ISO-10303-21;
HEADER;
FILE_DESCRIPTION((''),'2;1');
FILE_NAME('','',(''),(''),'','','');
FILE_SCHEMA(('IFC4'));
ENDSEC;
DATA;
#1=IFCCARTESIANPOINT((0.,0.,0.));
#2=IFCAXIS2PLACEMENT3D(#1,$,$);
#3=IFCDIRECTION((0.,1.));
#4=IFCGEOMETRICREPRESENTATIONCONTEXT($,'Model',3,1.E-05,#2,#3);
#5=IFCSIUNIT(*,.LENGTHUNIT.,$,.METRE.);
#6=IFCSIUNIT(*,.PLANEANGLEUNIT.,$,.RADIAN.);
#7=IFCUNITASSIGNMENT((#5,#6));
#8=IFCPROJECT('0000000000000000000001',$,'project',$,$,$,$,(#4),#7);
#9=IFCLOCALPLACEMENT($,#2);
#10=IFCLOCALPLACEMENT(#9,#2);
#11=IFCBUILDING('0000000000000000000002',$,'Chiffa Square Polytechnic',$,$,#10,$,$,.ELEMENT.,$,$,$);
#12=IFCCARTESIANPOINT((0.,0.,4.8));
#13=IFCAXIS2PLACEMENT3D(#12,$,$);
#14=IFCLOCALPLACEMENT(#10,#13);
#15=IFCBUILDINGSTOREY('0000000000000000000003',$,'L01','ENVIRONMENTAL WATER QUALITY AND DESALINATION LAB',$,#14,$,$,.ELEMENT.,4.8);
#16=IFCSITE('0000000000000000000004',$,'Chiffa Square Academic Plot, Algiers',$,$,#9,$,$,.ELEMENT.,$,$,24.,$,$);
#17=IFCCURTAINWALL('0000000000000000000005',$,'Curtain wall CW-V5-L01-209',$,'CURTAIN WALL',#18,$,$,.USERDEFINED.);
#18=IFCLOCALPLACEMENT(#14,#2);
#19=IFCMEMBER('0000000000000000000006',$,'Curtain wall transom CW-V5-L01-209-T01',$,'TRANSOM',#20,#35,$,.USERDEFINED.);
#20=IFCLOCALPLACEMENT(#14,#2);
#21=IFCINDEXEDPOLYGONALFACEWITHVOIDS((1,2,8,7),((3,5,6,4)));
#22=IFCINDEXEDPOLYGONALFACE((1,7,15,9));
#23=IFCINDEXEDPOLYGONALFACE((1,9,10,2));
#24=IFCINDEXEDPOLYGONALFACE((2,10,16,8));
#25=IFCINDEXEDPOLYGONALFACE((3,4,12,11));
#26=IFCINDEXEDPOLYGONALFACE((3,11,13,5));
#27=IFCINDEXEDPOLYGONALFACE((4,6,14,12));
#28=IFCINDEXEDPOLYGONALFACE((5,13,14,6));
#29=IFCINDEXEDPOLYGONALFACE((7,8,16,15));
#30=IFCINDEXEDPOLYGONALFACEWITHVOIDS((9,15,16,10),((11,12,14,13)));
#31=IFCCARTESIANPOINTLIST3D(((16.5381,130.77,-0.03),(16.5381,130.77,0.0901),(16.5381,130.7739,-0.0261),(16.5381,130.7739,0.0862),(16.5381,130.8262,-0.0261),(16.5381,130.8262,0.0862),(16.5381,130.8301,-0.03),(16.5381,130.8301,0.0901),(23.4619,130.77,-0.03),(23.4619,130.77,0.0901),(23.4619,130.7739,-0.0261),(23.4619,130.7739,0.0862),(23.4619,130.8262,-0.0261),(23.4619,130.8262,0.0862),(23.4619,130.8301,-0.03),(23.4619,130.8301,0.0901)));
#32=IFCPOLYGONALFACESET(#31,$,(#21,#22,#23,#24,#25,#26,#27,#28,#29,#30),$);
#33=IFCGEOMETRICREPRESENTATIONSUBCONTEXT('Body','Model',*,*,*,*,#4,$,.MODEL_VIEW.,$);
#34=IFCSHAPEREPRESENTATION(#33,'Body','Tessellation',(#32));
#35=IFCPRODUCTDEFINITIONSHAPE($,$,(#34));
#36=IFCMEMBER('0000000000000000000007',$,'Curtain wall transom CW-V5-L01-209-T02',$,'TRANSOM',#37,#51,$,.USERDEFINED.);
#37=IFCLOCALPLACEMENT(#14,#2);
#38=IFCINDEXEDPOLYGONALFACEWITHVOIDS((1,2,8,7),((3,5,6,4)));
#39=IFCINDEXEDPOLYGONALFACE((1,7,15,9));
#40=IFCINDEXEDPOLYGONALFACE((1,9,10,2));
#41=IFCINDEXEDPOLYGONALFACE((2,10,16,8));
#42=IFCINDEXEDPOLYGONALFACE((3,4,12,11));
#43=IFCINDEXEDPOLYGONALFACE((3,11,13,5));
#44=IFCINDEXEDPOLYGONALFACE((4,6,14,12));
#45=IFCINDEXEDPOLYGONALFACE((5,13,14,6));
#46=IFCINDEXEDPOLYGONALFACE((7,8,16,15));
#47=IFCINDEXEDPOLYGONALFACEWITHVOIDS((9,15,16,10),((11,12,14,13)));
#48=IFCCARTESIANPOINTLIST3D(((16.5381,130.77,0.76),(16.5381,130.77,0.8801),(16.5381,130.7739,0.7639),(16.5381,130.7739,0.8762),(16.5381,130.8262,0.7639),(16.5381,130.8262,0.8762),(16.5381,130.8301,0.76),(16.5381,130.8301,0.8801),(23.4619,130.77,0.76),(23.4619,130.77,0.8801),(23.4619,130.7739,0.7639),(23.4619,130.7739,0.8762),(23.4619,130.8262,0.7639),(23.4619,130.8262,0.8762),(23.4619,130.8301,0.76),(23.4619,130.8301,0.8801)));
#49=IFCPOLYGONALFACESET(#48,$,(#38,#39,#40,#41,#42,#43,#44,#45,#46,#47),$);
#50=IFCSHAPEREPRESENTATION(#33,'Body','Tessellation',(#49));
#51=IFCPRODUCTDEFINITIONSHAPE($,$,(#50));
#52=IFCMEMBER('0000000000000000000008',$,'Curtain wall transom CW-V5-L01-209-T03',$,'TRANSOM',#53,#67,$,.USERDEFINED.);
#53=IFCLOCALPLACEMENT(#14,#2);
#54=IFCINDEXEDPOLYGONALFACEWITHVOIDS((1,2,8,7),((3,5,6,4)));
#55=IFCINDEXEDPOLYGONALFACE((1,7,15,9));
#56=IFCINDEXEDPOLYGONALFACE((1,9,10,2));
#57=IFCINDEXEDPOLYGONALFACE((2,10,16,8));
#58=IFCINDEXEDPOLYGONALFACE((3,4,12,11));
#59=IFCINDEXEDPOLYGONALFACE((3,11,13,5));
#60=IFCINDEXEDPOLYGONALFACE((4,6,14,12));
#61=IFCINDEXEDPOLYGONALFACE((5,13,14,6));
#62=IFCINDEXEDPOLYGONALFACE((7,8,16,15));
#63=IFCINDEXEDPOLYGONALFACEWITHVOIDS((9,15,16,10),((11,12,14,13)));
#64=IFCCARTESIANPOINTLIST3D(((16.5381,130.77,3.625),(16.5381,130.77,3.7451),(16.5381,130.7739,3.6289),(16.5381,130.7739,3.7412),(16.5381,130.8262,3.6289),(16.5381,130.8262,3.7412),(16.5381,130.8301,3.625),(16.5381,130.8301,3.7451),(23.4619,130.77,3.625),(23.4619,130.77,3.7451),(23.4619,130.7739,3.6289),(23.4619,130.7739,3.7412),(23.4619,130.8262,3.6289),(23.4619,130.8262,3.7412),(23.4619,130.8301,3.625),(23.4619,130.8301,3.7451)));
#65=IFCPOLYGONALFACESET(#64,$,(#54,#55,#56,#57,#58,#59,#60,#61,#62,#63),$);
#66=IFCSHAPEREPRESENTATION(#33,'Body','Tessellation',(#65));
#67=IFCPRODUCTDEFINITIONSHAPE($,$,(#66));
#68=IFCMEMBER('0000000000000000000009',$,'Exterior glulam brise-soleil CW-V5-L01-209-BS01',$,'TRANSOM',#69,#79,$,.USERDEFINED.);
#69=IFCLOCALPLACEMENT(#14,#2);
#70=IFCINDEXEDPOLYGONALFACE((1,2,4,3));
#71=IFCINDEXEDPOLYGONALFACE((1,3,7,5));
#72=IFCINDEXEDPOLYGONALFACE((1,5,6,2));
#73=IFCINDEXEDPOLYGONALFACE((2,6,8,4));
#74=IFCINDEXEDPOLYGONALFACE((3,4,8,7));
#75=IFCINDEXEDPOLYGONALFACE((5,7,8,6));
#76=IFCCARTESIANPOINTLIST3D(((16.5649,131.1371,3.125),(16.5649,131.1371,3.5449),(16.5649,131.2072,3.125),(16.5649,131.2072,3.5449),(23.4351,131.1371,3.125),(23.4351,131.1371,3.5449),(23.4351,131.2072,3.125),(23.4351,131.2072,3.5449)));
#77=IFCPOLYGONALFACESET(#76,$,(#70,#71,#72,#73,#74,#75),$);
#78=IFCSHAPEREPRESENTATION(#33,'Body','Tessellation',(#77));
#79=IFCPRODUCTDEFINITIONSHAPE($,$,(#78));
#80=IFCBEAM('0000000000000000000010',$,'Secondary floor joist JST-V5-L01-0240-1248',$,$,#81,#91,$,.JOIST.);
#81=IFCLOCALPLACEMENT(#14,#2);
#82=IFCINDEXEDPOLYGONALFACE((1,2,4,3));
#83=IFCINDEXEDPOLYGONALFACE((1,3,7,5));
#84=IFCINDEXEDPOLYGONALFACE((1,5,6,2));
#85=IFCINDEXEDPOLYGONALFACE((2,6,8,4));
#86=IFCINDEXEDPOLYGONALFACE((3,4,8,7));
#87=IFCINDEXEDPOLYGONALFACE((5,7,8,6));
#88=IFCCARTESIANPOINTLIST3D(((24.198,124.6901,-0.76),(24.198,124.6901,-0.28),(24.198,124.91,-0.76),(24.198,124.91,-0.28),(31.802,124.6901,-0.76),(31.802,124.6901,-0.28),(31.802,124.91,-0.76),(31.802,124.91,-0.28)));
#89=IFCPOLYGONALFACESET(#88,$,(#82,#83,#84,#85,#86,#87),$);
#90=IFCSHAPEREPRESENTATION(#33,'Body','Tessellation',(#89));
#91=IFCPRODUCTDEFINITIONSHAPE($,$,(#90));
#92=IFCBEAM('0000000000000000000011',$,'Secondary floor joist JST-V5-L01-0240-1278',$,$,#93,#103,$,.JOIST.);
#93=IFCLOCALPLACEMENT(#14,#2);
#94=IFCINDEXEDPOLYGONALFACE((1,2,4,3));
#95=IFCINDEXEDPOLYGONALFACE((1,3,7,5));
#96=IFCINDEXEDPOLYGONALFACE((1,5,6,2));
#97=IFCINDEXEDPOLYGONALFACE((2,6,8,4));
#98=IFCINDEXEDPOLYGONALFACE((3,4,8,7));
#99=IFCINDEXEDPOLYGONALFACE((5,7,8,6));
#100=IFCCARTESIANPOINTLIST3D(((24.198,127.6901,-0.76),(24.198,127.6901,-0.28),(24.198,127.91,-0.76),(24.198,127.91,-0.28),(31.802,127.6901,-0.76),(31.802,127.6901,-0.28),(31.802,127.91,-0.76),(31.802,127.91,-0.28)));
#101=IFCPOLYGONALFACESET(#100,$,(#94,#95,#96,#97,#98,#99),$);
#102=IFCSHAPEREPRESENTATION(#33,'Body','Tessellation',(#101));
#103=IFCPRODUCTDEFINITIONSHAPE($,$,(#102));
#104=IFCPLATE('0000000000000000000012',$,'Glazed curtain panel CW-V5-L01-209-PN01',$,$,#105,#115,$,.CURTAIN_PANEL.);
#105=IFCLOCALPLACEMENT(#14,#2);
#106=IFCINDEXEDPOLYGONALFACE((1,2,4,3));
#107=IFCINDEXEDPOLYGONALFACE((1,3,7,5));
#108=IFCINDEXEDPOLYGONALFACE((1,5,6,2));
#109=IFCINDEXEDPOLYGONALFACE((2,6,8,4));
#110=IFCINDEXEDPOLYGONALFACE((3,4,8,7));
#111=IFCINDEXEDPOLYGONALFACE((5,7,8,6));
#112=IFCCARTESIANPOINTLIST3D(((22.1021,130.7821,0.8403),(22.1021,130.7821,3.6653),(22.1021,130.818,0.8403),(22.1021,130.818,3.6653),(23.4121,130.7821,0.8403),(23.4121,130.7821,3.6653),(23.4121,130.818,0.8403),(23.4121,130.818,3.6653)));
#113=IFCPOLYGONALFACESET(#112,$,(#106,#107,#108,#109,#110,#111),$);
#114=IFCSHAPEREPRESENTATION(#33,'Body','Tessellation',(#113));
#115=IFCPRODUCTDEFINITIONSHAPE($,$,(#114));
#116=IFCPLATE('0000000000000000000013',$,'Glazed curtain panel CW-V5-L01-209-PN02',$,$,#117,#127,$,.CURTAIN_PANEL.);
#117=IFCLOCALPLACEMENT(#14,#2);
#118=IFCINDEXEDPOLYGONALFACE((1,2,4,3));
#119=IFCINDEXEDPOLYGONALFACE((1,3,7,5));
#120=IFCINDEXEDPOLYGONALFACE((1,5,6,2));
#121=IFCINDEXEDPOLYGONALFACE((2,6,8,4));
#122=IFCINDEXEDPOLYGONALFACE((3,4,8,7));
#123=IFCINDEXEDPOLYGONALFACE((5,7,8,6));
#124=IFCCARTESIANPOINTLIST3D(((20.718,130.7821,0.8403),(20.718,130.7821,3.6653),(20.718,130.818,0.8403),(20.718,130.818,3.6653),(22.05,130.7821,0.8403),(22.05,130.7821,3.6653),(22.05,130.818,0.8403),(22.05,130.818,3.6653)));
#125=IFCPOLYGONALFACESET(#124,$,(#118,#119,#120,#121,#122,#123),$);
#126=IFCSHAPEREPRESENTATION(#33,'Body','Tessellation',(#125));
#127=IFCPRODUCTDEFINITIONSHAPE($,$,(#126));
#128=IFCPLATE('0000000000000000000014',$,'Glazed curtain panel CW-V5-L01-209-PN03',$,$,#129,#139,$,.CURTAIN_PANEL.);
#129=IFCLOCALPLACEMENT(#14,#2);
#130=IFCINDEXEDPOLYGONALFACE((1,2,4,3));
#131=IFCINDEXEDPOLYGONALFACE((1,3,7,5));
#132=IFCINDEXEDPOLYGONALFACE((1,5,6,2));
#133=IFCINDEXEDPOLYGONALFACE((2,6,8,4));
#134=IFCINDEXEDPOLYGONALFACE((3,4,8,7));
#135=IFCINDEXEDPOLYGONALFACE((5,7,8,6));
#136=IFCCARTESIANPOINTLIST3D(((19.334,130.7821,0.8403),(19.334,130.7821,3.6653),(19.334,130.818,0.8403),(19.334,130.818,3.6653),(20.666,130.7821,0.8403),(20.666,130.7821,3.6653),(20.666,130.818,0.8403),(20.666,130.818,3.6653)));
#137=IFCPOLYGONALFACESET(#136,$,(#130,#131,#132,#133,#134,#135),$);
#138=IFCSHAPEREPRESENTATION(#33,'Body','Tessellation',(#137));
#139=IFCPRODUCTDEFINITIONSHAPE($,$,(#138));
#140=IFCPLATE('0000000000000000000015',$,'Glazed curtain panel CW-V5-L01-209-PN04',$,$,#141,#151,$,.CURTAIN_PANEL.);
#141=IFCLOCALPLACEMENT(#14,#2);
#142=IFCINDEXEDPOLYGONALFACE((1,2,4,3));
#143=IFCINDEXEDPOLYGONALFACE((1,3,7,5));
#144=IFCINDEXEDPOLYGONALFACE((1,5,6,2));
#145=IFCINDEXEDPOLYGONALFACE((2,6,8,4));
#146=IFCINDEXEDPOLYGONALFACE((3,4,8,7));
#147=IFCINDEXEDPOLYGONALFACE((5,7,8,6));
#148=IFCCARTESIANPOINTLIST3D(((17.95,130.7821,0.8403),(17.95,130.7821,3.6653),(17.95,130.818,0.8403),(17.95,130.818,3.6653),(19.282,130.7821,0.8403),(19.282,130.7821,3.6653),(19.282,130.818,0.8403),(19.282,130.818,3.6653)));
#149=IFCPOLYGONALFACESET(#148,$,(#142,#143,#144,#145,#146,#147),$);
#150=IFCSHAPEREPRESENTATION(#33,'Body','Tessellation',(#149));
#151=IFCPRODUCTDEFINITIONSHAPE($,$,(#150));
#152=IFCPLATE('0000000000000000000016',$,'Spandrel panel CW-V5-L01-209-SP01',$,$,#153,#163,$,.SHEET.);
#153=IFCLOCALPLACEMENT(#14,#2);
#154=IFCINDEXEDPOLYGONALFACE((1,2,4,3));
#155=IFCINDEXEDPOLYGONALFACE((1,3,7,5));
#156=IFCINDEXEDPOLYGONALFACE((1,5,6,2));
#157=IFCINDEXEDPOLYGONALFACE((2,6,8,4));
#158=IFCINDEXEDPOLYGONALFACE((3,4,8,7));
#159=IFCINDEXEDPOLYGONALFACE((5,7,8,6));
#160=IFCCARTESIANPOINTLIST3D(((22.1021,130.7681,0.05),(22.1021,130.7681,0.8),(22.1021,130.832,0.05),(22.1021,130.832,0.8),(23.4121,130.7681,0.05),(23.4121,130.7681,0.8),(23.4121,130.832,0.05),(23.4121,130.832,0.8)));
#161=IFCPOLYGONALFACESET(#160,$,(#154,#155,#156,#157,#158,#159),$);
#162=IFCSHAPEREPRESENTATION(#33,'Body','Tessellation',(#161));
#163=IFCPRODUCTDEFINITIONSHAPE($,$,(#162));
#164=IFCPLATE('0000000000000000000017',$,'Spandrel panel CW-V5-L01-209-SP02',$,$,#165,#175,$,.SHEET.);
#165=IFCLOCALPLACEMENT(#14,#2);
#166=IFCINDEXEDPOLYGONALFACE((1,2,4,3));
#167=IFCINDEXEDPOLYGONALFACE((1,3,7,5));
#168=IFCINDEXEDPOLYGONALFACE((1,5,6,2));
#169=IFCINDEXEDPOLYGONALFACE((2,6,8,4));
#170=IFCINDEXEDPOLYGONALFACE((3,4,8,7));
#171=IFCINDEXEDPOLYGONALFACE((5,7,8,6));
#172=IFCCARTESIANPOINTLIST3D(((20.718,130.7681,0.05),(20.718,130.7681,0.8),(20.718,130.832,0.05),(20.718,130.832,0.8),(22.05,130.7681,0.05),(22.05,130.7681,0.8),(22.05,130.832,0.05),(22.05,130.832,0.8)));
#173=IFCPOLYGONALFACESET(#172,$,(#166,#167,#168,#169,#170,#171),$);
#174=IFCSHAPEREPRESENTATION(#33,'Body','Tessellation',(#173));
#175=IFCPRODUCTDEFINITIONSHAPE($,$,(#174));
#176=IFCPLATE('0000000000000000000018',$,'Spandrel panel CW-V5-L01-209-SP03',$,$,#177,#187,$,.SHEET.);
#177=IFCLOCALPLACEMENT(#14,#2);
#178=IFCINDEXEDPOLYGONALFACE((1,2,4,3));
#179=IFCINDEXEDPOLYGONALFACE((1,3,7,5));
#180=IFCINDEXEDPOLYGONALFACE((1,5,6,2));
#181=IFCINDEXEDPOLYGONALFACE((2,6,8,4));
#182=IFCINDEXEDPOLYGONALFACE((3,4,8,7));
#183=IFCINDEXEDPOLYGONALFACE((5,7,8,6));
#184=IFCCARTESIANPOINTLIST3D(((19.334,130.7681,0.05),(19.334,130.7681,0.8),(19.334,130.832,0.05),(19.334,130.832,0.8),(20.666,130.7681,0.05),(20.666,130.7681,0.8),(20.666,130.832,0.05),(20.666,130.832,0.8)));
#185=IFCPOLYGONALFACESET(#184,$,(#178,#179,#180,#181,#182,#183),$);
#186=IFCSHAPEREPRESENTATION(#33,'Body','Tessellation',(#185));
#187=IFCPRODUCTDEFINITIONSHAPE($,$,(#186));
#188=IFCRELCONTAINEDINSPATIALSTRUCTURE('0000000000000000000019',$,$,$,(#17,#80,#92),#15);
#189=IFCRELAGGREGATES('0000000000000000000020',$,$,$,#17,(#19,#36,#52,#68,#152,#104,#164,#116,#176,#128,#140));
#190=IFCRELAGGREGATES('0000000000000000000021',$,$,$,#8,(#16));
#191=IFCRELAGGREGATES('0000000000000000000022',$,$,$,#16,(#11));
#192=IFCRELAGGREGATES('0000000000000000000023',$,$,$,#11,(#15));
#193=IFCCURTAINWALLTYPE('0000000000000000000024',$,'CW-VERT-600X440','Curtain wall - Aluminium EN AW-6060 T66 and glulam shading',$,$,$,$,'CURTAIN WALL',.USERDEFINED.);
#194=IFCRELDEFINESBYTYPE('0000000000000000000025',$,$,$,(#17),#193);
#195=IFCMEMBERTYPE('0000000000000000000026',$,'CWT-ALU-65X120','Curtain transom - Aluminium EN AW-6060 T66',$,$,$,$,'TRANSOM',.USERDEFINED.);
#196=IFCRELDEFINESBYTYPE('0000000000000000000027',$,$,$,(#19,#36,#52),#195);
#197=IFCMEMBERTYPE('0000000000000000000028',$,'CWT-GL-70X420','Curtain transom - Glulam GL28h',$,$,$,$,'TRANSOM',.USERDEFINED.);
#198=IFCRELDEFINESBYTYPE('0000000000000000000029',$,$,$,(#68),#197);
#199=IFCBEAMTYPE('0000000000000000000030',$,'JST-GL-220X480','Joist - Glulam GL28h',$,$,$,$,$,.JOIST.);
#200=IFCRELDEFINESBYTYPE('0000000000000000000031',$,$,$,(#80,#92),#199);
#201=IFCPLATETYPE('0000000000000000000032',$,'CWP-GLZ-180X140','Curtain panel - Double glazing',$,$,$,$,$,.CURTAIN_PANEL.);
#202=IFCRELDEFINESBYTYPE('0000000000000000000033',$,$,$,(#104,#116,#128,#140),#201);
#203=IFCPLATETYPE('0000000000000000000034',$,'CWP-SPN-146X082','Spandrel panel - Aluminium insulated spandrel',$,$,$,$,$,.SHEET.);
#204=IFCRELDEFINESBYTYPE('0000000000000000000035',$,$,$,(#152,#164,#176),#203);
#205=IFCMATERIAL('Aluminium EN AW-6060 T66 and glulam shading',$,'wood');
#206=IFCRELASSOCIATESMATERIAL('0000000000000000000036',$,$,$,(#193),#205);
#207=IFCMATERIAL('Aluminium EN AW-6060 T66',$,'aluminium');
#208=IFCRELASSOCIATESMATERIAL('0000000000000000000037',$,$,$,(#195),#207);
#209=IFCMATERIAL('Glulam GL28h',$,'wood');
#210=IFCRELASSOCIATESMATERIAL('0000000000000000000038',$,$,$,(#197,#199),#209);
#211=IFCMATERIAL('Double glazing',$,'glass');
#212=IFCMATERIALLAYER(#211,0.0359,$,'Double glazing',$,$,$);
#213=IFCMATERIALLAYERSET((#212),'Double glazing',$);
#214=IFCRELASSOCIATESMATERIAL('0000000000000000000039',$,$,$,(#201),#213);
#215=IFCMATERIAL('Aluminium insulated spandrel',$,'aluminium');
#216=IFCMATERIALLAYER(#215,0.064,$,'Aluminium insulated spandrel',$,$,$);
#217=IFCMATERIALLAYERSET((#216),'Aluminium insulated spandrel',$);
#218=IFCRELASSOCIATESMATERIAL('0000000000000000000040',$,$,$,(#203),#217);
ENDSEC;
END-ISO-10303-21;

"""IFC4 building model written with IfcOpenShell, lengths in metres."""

from ifc_helpers import new_model, si_unit, direction, frame, origin, origin_2d, place, context, subcontext, project, spatial, rectangle, hollow_rectangle, extrude, material, layer, layer_set, material_profile, profile_set, type_object, element, aggregate, save


model = new_model("IFC4")

# Units and contexts
model_context = context("Model", 3, precision=1e-05, world=origin(), true_north=direction((0.0, 1.0)))
body_context = subcontext(model_context, "Body", "Model", "MODEL_VIEW")
ifc_project = project(units=[si_unit("LENGTHUNIT", "METRE"), si_unit("PLANEANGLEUNIT", "RADIAN")], contexts=[model_context])

# Site, building, storey
site_placement = place(None, origin())
site = spatial("IfcSite", under=ifc_project, at=site_placement, Name="Chiffa Square Academic Plot, Algiers", CompositionType="ELEMENT", RefElevation=24.0)
building_placement = place(site_placement, origin())
building = spatial("IfcBuilding", under=site, at=building_placement, Name="Chiffa Square Polytechnic", CompositionType="ELEMENT")
storey_placement = place(building_placement, frame((0.0, 0.0, 4.8)))
storey = spatial("IfcBuildingStorey", under=building, at=storey_placement, Name="L01", Description="ENVIRONMENTAL WATER QUALITY AND DESALINATION LAB", CompositionType="ELEMENT", Elevation=4.8)

# Curtain wall, members
ifc_material_1 = material(Name="Aluminium EN AW-6060 T66 and glulam shading", Category="wood")
curtain_wall_type = type_object("IfcCurtainWallType", Name="CW-VERT-600X440", Description="Curtain wall - Aluminium EN AW-6060 T66 and glulam shading", ElementType="CURTAIN WALL", PredefinedType="USERDEFINED", material=ifc_material_1)
curtain_wall_placement = place(storey_placement, origin())
curtain_wall = element("IfcCurtainWall", 1, at=curtain_wall_placement, inside=storey, type_object=curtain_wall_type, Name="Curtain wall CW-V5-L01-209", ObjectType="CURTAIN WALL", PredefinedType="USERDEFINED")
ifc_material_2 = material(Name="Aluminium EN AW-6060 T66", Category="aluminium")
ifc_material_3 = material(Name="Glulam GL28h", Category="wood")
ifc_material_profile_1 = material_profile(ifc_material_2, hollow_rectangle(XDim=0.0601, YDim=0.1201, WallThickness=0.0039, at=origin_2d()), Name="ALU 60x120x4")
ifc_profile_set_1 = profile_set([ifc_material_profile_1], Name="Aluminium EN AW-6060 T66")
member_type_1 = type_object("IfcMemberType", Name="CWT-ALU-65X120", Description="Curtain transom - Aluminium EN AW-6060 T66", ElementType="TRANSOM", PredefinedType="USERDEFINED", material=ifc_profile_set_1)
member_1_placement = place(storey_placement, frame((23.4619, 130.8, 0.03), z_axis=(-1.0, 0.0, 0.0), x_axis=(0.0, -1.0, 0.0)))
member_1 = element("IfcMember", 2, at=member_1_placement, type_object=member_type_1, Name="Curtain wall transom CW-V5-L01-209-T01", ObjectType="TRANSOM", PredefinedType="USERDEFINED", context=body_context, shape_type="SweptSolid", body=[
    extrude(hollow_rectangle(XDim=0.0601, YDim=0.1201, WallThickness=0.0039, at=origin_2d()), origin(), (0.0, 0.0, 1.0), 6.9238),
])
member_2_placement = place(storey_placement, frame((23.4619, 130.8, 0.8201), z_axis=(-1.0, 0.0, 0.0), x_axis=(0.0, -1.0, 0.0)))
member_2 = element("IfcMember", 3, at=member_2_placement, type_object=member_type_1, Name="Curtain wall transom CW-V5-L01-209-T02", ObjectType="TRANSOM", PredefinedType="USERDEFINED", context=body_context, shape_type="SweptSolid", body=[
    extrude(hollow_rectangle(XDim=0.0601, YDim=0.1201, WallThickness=0.0039, at=origin_2d()), origin(), (0.0, 0.0, 1.0), 6.9238),
])
member_3_placement = place(storey_placement, frame((23.4619, 130.8, 3.6851), z_axis=(-1.0, 0.0, 0.0), x_axis=(0.0, -1.0, 0.0)))
member_3 = element("IfcMember", 4, at=member_3_placement, type_object=member_type_1, Name="Curtain wall transom CW-V5-L01-209-T03", ObjectType="TRANSOM", PredefinedType="USERDEFINED", context=body_context, shape_type="SweptSolid", body=[
    extrude(hollow_rectangle(XDim=0.0601, YDim=0.1201, WallThickness=0.0039, at=origin_2d()), origin(), (0.0, 0.0, 1.0), 6.9238),
])
ifc_material_profile_2 = material_profile(ifc_material_3, rectangle(XDim=0.0701, YDim=0.4199, at=origin_2d()), Name="GL28h 70x420")
ifc_profile_set_2 = profile_set([ifc_material_profile_2], Name="Glulam GL28h")
member_type_2 = type_object("IfcMemberType", Name="CWT-GL-70X420", Description="Curtain transom - Glulam GL28h", ElementType="TRANSOM", PredefinedType="USERDEFINED", material=ifc_profile_set_2)
member_4_placement = place(storey_placement, frame((23.4351, 131.1721, 3.335), z_axis=(-1.0, 0.0, 0.0), x_axis=(0.0, -1.0, 0.0)))
member_4 = element("IfcMember", 5, at=member_4_placement, type_object=member_type_2, Name="Exterior glulam brise-soleil CW-V5-L01-209-BS01", ObjectType="TRANSOM", PredefinedType="USERDEFINED", context=body_context, shape_type="SweptSolid", body=[
    extrude(rectangle(XDim=0.0701, YDim=0.4199, at=origin_2d()), origin(), (0.0, 0.0, 1.0), 6.8701),
])

# Beams
ifc_material_profile_3 = material_profile(ifc_material_3, rectangle(XDim=0.22, YDim=0.48, at=origin_2d()), Name="GL28h 220x480")
ifc_profile_set_3 = profile_set([ifc_material_profile_3], Name="Glulam GL28h")
beam_type_1 = type_object("IfcBeamType", Name="JST-GL-220X480", Description="Joist - Glulam GL28h", PredefinedType="JOIST", material=ifc_profile_set_3)
for number, where, z_axis, x_axis, name in (
    (6, (24.198, 124.8, -0.52), (1.0, 0.0, 0.0), (0.0, 1.0, 0.0), "Secondary floor joist JST-V5-L01-0240-1248"),
    (7, (24.198, 127.8, -0.52), (1.0, 0.0, 0.0), (0.0, 1.0, 0.0), "Secondary floor joist JST-V5-L01-0240-1278"),
):
    element("IfcBeam", number, at=place(storey_placement, frame(where, z_axis=z_axis, x_axis=x_axis)), inside=storey, type_object=beam_type_1, Name=name, PredefinedType="JOIST", context=body_context, shape_type="SweptSolid", body=[
        extrude(rectangle(XDim=0.22, YDim=0.48, at=origin_2d()), origin(), (0.0, 0.0, 1.0), 7.604),
    ])

# Plates
ifc_material_4 = material(Name="Double glazing", Category="glass")
ifc_layer_1 = layer(ifc_material_4, 0.0359, Name="Double glazing")
ifc_layer_set_1 = layer_set([ifc_layer_1], Name="Double glazing")
plate_type_1 = type_object("IfcPlateType", Name="CWP-GLZ-180X140", Description="Curtain panel - Double glazing", PredefinedType="CURTAIN_PANEL", material=ifc_layer_set_1)
plate_1_placement = place(storey_placement, frame((22.7571, 130.8, 0.8403), z_axis=(0.0, 0.0, 1.0), x_axis=(-1.0, 0.0, 0.0)))
plate_1 = element("IfcPlate", 8, at=plate_1_placement, type_object=plate_type_1, Name="Glazed curtain panel CW-V5-L01-209-PN01", PredefinedType="CURTAIN_PANEL", context=body_context, shape_type="SweptSolid", body=[
    extrude(rectangle(XDim=1.3101, YDim=0.0359, at=origin_2d()), origin(), (0.0, 0.0, 1.0), 2.825),
])
plate_2_placement = place(storey_placement, frame((21.384, 130.8, 0.8403), z_axis=(0.0, 0.0, 1.0), x_axis=(-1.0, 0.0, 0.0)))
plate_2 = element("IfcPlate", 9, at=plate_2_placement, type_object=plate_type_1, Name="Glazed curtain panel CW-V5-L01-209-PN02", PredefinedType="CURTAIN_PANEL", context=body_context, shape_type="SweptSolid", body=[
    extrude(rectangle(XDim=1.332, YDim=0.0359, at=origin_2d()), origin(), (0.0, 0.0, 1.0), 2.825),
])
plate_3_placement = place(storey_placement, frame((20.0, 130.8, 0.8403), z_axis=(0.0, 0.0, 1.0), x_axis=(-1.0, 0.0, 0.0)))
plate_3 = element("IfcPlate", 10, at=plate_3_placement, type_object=plate_type_1, Name="Glazed curtain panel CW-V5-L01-209-PN03", PredefinedType="CURTAIN_PANEL", context=body_context, shape_type="SweptSolid", body=[
    extrude(rectangle(XDim=1.332, YDim=0.0359, at=origin_2d()), origin(), (0.0, 0.0, 1.0), 2.825),
])
plate_4_placement = place(storey_placement, frame((18.616, 130.8, 0.8403), z_axis=(0.0, 0.0, 1.0), x_axis=(-1.0, 0.0, 0.0)))
plate_4 = element("IfcPlate", 11, at=plate_4_placement, type_object=plate_type_1, Name="Glazed curtain panel CW-V5-L01-209-PN04", PredefinedType="CURTAIN_PANEL", context=body_context, shape_type="SweptSolid", body=[
    extrude(rectangle(XDim=1.332, YDim=0.0359, at=origin_2d()), origin(), (0.0, 0.0, 1.0), 2.825),
])
ifc_material_5 = material(Name="Aluminium insulated spandrel", Category="aluminium")
ifc_layer_2 = layer(ifc_material_5, 0.064, Name="Aluminium insulated spandrel")
ifc_layer_set_2 = layer_set([ifc_layer_2], Name="Aluminium insulated spandrel")
plate_type_2 = type_object("IfcPlateType", Name="CWP-SPN-146X082", Description="Spandrel panel - Aluminium insulated spandrel", PredefinedType="SHEET", material=ifc_layer_set_2)
plate_5_placement = place(storey_placement, frame((22.7571, 130.8, 0.05), z_axis=(0.0, 0.0, 1.0), x_axis=(-1.0, 0.0, 0.0)))
plate_5 = element("IfcPlate", 12, at=plate_5_placement, type_object=plate_type_2, Name="Spandrel panel CW-V5-L01-209-SP01", PredefinedType="SHEET", context=body_context, shape_type="SweptSolid", body=[
    extrude(rectangle(XDim=1.3101, YDim=0.064, at=origin_2d()), origin(), (0.0, 0.0, 1.0), 0.75),
])
plate_6_placement = place(storey_placement, frame((21.384, 130.8, 0.05), z_axis=(0.0, 0.0, 1.0), x_axis=(-1.0, 0.0, 0.0)))
plate_6 = element("IfcPlate", 13, at=plate_6_placement, type_object=plate_type_2, Name="Spandrel panel CW-V5-L01-209-SP02", PredefinedType="SHEET", context=body_context, shape_type="SweptSolid", body=[
    extrude(rectangle(XDim=1.332, YDim=0.064, at=origin_2d()), origin(), (0.0, 0.0, 1.0), 0.75),
])
plate_7_placement = place(storey_placement, frame((20.0, 130.8, 0.05), z_axis=(0.0, 0.0, 1.0), x_axis=(-1.0, 0.0, 0.0)))
plate_7 = element("IfcPlate", 14, at=plate_7_placement, type_object=plate_type_2, Name="Spandrel panel CW-V5-L01-209-SP03", PredefinedType="SHEET", context=body_context, shape_type="SweptSolid", body=[
    extrude(rectangle(XDim=1.332, YDim=0.064, at=origin_2d()), origin(), (0.0, 0.0, 1.0), 0.75),
])
aggregate(curtain_wall, [member_1, member_2, member_3, member_4, plate_5, plate_1, plate_6, plate_2, plate_7, plate_3, plate_4])

save(model, "model.ifc")
